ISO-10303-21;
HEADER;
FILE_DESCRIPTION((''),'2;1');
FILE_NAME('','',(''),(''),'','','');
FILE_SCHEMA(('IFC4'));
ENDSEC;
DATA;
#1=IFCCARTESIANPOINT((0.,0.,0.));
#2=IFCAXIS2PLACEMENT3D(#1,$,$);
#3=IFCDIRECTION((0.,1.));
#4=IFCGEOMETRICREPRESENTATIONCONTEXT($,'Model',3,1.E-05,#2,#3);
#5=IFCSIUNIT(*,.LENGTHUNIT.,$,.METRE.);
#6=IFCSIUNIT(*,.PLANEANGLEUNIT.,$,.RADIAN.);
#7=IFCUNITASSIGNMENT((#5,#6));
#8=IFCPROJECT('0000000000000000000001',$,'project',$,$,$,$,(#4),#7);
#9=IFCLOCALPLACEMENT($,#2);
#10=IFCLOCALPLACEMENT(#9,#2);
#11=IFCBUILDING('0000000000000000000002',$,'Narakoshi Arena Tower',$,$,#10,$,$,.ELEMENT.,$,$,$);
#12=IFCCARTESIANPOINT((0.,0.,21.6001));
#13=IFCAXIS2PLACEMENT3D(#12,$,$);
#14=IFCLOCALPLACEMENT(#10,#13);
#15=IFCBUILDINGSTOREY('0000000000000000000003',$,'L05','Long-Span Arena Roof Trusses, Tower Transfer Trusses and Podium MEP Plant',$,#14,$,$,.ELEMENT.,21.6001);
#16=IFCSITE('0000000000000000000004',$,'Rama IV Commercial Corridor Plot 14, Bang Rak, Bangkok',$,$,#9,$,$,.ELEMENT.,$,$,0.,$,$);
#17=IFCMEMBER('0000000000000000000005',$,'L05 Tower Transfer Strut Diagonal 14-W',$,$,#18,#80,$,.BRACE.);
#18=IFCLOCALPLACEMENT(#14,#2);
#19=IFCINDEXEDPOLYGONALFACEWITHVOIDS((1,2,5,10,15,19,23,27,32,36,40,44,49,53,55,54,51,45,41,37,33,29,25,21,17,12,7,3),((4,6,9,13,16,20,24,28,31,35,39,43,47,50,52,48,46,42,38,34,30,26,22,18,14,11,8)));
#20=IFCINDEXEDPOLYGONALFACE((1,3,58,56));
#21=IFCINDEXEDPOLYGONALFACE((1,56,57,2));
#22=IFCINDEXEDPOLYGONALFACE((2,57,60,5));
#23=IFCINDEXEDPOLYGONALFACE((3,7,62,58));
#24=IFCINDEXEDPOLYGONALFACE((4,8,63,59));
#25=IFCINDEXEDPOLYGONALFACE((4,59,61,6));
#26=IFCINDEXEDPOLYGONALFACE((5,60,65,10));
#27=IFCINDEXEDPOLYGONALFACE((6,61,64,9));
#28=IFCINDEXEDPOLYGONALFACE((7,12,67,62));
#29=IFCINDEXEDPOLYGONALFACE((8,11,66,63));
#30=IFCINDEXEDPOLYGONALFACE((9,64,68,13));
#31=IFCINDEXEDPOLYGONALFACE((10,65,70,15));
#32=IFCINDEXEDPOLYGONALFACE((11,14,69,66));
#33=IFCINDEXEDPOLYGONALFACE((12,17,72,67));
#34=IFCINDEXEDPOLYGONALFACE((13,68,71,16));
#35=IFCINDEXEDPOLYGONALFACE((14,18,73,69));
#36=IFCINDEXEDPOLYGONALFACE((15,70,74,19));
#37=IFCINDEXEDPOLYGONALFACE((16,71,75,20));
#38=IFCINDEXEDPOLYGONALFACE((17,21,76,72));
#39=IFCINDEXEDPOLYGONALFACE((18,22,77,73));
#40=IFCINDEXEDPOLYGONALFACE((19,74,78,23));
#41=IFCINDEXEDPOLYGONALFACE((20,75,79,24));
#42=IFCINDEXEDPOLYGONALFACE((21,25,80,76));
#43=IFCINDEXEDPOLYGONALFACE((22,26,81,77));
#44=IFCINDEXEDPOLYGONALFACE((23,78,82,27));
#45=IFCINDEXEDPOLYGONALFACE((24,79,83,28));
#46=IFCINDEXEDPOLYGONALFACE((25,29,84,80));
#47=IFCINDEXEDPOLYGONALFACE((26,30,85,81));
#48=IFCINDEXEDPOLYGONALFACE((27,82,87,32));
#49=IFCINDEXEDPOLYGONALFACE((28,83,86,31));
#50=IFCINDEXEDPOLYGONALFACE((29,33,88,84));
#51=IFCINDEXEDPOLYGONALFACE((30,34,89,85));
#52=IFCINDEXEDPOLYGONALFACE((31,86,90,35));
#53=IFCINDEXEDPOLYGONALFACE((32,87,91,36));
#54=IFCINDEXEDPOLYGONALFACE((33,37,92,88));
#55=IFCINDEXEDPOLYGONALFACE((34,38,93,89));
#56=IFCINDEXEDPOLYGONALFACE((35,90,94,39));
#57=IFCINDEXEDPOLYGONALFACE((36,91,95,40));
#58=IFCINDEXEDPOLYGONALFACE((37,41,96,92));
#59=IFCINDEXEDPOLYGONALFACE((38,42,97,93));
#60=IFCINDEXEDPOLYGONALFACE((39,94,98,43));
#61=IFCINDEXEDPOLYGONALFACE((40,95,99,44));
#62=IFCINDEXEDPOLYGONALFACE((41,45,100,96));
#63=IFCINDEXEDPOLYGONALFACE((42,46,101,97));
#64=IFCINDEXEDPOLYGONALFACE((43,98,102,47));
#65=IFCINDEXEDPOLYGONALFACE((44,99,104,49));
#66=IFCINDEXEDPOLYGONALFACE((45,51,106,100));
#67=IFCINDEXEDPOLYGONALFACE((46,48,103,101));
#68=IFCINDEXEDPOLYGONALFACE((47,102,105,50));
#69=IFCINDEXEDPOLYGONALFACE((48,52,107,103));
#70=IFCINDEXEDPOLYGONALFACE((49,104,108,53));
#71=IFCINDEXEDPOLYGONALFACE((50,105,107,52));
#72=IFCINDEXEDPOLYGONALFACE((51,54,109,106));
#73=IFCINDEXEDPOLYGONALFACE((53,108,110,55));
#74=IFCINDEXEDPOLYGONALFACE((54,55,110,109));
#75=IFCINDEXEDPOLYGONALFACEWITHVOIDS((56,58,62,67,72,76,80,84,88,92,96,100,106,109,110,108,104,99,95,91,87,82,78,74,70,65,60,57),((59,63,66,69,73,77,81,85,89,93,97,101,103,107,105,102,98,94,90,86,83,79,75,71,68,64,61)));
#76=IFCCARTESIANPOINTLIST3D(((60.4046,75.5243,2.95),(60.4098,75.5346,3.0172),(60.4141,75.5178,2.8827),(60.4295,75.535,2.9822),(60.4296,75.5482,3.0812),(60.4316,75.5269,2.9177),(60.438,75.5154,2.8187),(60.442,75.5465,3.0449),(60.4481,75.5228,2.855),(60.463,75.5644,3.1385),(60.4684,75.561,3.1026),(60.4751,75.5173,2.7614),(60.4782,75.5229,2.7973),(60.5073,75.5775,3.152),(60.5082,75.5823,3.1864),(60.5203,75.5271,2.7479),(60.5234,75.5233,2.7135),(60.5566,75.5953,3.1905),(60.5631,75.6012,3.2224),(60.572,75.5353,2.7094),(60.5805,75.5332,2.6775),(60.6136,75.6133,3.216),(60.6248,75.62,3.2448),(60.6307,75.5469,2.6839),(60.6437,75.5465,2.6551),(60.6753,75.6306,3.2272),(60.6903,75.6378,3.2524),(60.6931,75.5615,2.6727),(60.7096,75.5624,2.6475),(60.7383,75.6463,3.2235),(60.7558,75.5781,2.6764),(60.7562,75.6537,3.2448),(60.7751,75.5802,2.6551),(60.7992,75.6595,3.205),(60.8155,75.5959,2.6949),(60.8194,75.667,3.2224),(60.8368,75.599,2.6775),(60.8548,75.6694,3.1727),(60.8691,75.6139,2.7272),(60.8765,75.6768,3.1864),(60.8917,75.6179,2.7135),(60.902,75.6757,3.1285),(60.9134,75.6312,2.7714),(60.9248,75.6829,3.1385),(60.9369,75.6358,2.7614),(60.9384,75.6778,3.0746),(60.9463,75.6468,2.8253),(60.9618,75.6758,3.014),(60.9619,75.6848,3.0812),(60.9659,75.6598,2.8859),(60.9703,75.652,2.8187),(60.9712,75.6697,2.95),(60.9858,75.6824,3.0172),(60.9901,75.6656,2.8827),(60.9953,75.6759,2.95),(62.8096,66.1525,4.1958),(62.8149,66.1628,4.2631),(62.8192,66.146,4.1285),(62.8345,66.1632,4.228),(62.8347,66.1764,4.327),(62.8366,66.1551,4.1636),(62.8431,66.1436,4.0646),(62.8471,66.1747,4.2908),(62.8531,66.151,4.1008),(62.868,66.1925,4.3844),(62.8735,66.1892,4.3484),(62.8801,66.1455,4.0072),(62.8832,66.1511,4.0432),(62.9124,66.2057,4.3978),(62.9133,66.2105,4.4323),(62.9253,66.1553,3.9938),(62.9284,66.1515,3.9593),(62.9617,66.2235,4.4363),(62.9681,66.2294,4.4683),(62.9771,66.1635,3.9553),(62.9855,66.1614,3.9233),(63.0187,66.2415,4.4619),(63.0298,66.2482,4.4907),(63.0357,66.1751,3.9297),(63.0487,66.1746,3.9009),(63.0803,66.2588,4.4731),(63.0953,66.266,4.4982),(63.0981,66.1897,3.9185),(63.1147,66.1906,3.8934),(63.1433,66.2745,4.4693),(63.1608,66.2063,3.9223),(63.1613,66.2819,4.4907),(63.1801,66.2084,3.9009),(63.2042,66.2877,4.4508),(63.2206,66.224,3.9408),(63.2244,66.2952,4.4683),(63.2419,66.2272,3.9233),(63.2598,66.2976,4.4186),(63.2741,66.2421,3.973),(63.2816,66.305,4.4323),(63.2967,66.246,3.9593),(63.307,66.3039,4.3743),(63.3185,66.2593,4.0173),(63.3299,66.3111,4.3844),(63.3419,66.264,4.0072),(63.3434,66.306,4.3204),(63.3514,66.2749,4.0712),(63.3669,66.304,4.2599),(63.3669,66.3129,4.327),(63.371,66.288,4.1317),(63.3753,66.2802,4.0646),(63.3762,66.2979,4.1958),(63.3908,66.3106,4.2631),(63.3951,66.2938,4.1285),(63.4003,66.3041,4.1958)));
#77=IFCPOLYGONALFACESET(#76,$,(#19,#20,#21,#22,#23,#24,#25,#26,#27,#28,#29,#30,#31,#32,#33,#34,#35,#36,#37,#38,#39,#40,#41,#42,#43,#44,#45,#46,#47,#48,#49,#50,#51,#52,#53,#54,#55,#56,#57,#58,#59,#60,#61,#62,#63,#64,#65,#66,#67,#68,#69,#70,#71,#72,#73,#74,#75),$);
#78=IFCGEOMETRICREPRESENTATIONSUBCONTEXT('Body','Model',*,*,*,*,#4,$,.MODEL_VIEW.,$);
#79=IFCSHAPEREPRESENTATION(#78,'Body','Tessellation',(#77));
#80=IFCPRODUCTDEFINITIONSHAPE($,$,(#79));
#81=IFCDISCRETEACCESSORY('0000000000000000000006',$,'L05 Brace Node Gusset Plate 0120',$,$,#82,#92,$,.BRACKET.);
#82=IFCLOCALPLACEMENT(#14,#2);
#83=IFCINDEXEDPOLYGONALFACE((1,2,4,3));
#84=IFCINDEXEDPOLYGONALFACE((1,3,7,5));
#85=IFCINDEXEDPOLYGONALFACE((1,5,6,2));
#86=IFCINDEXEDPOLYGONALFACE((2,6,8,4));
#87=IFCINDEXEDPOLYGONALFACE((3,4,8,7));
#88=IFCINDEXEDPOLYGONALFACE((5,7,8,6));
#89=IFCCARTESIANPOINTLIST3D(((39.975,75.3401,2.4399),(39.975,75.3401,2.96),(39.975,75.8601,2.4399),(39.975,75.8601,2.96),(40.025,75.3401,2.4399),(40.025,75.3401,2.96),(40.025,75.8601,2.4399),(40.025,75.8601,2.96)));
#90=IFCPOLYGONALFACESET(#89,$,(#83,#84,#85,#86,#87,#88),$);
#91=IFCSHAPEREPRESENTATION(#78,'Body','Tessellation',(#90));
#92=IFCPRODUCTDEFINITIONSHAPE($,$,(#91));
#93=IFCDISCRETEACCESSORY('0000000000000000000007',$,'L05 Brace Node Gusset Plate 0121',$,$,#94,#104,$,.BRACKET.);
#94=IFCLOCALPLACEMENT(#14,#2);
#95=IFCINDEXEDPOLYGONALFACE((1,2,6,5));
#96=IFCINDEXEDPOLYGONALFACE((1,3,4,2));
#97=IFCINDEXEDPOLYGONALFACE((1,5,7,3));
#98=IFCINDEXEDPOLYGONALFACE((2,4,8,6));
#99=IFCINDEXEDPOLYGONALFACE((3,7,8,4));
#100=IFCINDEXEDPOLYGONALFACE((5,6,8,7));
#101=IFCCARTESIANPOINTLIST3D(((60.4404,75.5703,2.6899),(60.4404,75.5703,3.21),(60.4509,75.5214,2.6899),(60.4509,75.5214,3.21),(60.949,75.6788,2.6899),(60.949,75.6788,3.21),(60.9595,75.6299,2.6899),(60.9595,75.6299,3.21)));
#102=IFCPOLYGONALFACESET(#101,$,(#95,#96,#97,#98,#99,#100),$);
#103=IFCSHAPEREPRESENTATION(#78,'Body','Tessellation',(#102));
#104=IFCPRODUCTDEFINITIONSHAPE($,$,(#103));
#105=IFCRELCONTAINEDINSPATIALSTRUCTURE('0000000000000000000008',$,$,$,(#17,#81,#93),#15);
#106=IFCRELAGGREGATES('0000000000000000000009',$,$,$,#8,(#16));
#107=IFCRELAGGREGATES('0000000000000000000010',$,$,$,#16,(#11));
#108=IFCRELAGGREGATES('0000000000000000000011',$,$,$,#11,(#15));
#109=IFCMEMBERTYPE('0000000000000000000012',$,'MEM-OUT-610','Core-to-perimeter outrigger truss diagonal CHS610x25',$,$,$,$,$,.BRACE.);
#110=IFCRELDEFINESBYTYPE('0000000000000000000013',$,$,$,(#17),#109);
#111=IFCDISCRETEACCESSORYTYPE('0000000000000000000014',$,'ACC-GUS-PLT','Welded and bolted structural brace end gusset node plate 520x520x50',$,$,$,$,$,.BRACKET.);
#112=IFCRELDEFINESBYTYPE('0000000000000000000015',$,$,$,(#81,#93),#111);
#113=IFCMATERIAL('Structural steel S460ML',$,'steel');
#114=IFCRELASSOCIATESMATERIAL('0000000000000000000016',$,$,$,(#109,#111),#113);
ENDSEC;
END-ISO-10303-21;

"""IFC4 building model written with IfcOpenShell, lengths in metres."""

from ifc_helpers import new_model, si_unit, direction, frame, origin, origin_2d, place, context, subcontext, project, spatial, rectangle, hollow_circle, extrude, material, material_profile, profile_set, type_object, element, save


model = new_model("IFC4")

# Units and contexts
model_context = context("Model", 3, precision=1e-05, world=origin(), true_north=direction((0.0, 1.0)))
body_context = subcontext(model_context, "Body", "Model", "MODEL_VIEW")
ifc_project = project(units=[si_unit("LENGTHUNIT", "METRE"), si_unit("PLANEANGLEUNIT", "RADIAN")], contexts=[model_context])

# Site, building, storey
site_placement = place(None, origin())
site = spatial("IfcSite", under=ifc_project, at=site_placement, Name="Rama IV Commercial Corridor Plot 14, Bang Rak, Bangkok", CompositionType="ELEMENT", RefElevation=0.0)
building_placement = place(site_placement, origin())
building = spatial("IfcBuilding", under=site, at=building_placement, Name="Narakoshi Arena Tower", CompositionType="ELEMENT")
storey_placement = place(building_placement, frame((0.0, 0.0, 21.6001)))
storey = spatial("IfcBuildingStorey", under=building, at=storey_placement, Name="L05", Description="Long-Span Arena Roof Trusses, Tower Transfer Trusses and Podium MEP Plant", CompositionType="ELEMENT", Elevation=21.6001)

# Shared definitions
ifc_material_1 = material(Name="Structural steel S460ML", Category="steel")

# Member
ifc_material_profile_1 = material_profile(ifc_material_1, hollow_circle(Radius=0.3049, WallThickness=0.0249, at=origin_2d()), Name="CHS610x25")
ifc_profile_set_1 = profile_set([ifc_material_profile_1], Name="Structural steel S460ML")
member_type = type_object("IfcMemberType", Name="MEM-OUT-610", Description="Core-to-perimeter outrigger truss diagonal CHS610x25", PredefinedType="BRACE", material=ifc_profile_set_1)
member_1_placement = place(storey_placement, frame((60.7, 75.6001, 2.95), z_axis=(0.246534, -0.960683, 0.127709), x_axis=(0.968614, 0.248569, 0.0)))
element("IfcMember", 1, at=member_1_placement, inside=storey, type_object=member_type, Name="L05 Tower Transfer Strut Diagonal 14-W", PredefinedType="BRACE", context=body_context, shape_type="SweptSolid", body=[
    extrude(hollow_circle(Radius=0.3049, WallThickness=0.0249, at=origin_2d()), origin(), (0.0, 0.0, 1.0), 9.7554),
])

# Discrete accessories
discrete_accessory_type = type_object("IfcDiscreteAccessoryType", Name="ACC-GUS-PLT", Description="Welded and bolted structural brace end gusset node plate 520x520x50", PredefinedType="BRACKET", material=ifc_material_1)
for number, where, z_axis, x_axis, name in (
    (2, (40.0, 75.6001, 2.4399), (0.0, 0.0, 1.0), (0.0, 1.0, 0.0), "L05 Brace Node Gusset Plate 0120"),
    (3, (60.7, 75.6001, 2.6899), (0.0, 0.0, 1.0), (0.978002, 0.208595, 0.0), "L05 Brace Node Gusset Plate 0121"),
):
    element("IfcDiscreteAccessory", number, at=place(storey_placement, frame(where, z_axis=z_axis, x_axis=x_axis)), inside=storey, type_object=discrete_accessory_type, Name=name, PredefinedType="BRACKET", context=body_context, shape_type="SweptSolid", body=[
        extrude(rectangle(XDim=0.52, YDim=0.05, at=origin_2d()), origin(), (0.0, 0.0, 1.0), 0.52),
    ])

save(model, "model.ifc")
